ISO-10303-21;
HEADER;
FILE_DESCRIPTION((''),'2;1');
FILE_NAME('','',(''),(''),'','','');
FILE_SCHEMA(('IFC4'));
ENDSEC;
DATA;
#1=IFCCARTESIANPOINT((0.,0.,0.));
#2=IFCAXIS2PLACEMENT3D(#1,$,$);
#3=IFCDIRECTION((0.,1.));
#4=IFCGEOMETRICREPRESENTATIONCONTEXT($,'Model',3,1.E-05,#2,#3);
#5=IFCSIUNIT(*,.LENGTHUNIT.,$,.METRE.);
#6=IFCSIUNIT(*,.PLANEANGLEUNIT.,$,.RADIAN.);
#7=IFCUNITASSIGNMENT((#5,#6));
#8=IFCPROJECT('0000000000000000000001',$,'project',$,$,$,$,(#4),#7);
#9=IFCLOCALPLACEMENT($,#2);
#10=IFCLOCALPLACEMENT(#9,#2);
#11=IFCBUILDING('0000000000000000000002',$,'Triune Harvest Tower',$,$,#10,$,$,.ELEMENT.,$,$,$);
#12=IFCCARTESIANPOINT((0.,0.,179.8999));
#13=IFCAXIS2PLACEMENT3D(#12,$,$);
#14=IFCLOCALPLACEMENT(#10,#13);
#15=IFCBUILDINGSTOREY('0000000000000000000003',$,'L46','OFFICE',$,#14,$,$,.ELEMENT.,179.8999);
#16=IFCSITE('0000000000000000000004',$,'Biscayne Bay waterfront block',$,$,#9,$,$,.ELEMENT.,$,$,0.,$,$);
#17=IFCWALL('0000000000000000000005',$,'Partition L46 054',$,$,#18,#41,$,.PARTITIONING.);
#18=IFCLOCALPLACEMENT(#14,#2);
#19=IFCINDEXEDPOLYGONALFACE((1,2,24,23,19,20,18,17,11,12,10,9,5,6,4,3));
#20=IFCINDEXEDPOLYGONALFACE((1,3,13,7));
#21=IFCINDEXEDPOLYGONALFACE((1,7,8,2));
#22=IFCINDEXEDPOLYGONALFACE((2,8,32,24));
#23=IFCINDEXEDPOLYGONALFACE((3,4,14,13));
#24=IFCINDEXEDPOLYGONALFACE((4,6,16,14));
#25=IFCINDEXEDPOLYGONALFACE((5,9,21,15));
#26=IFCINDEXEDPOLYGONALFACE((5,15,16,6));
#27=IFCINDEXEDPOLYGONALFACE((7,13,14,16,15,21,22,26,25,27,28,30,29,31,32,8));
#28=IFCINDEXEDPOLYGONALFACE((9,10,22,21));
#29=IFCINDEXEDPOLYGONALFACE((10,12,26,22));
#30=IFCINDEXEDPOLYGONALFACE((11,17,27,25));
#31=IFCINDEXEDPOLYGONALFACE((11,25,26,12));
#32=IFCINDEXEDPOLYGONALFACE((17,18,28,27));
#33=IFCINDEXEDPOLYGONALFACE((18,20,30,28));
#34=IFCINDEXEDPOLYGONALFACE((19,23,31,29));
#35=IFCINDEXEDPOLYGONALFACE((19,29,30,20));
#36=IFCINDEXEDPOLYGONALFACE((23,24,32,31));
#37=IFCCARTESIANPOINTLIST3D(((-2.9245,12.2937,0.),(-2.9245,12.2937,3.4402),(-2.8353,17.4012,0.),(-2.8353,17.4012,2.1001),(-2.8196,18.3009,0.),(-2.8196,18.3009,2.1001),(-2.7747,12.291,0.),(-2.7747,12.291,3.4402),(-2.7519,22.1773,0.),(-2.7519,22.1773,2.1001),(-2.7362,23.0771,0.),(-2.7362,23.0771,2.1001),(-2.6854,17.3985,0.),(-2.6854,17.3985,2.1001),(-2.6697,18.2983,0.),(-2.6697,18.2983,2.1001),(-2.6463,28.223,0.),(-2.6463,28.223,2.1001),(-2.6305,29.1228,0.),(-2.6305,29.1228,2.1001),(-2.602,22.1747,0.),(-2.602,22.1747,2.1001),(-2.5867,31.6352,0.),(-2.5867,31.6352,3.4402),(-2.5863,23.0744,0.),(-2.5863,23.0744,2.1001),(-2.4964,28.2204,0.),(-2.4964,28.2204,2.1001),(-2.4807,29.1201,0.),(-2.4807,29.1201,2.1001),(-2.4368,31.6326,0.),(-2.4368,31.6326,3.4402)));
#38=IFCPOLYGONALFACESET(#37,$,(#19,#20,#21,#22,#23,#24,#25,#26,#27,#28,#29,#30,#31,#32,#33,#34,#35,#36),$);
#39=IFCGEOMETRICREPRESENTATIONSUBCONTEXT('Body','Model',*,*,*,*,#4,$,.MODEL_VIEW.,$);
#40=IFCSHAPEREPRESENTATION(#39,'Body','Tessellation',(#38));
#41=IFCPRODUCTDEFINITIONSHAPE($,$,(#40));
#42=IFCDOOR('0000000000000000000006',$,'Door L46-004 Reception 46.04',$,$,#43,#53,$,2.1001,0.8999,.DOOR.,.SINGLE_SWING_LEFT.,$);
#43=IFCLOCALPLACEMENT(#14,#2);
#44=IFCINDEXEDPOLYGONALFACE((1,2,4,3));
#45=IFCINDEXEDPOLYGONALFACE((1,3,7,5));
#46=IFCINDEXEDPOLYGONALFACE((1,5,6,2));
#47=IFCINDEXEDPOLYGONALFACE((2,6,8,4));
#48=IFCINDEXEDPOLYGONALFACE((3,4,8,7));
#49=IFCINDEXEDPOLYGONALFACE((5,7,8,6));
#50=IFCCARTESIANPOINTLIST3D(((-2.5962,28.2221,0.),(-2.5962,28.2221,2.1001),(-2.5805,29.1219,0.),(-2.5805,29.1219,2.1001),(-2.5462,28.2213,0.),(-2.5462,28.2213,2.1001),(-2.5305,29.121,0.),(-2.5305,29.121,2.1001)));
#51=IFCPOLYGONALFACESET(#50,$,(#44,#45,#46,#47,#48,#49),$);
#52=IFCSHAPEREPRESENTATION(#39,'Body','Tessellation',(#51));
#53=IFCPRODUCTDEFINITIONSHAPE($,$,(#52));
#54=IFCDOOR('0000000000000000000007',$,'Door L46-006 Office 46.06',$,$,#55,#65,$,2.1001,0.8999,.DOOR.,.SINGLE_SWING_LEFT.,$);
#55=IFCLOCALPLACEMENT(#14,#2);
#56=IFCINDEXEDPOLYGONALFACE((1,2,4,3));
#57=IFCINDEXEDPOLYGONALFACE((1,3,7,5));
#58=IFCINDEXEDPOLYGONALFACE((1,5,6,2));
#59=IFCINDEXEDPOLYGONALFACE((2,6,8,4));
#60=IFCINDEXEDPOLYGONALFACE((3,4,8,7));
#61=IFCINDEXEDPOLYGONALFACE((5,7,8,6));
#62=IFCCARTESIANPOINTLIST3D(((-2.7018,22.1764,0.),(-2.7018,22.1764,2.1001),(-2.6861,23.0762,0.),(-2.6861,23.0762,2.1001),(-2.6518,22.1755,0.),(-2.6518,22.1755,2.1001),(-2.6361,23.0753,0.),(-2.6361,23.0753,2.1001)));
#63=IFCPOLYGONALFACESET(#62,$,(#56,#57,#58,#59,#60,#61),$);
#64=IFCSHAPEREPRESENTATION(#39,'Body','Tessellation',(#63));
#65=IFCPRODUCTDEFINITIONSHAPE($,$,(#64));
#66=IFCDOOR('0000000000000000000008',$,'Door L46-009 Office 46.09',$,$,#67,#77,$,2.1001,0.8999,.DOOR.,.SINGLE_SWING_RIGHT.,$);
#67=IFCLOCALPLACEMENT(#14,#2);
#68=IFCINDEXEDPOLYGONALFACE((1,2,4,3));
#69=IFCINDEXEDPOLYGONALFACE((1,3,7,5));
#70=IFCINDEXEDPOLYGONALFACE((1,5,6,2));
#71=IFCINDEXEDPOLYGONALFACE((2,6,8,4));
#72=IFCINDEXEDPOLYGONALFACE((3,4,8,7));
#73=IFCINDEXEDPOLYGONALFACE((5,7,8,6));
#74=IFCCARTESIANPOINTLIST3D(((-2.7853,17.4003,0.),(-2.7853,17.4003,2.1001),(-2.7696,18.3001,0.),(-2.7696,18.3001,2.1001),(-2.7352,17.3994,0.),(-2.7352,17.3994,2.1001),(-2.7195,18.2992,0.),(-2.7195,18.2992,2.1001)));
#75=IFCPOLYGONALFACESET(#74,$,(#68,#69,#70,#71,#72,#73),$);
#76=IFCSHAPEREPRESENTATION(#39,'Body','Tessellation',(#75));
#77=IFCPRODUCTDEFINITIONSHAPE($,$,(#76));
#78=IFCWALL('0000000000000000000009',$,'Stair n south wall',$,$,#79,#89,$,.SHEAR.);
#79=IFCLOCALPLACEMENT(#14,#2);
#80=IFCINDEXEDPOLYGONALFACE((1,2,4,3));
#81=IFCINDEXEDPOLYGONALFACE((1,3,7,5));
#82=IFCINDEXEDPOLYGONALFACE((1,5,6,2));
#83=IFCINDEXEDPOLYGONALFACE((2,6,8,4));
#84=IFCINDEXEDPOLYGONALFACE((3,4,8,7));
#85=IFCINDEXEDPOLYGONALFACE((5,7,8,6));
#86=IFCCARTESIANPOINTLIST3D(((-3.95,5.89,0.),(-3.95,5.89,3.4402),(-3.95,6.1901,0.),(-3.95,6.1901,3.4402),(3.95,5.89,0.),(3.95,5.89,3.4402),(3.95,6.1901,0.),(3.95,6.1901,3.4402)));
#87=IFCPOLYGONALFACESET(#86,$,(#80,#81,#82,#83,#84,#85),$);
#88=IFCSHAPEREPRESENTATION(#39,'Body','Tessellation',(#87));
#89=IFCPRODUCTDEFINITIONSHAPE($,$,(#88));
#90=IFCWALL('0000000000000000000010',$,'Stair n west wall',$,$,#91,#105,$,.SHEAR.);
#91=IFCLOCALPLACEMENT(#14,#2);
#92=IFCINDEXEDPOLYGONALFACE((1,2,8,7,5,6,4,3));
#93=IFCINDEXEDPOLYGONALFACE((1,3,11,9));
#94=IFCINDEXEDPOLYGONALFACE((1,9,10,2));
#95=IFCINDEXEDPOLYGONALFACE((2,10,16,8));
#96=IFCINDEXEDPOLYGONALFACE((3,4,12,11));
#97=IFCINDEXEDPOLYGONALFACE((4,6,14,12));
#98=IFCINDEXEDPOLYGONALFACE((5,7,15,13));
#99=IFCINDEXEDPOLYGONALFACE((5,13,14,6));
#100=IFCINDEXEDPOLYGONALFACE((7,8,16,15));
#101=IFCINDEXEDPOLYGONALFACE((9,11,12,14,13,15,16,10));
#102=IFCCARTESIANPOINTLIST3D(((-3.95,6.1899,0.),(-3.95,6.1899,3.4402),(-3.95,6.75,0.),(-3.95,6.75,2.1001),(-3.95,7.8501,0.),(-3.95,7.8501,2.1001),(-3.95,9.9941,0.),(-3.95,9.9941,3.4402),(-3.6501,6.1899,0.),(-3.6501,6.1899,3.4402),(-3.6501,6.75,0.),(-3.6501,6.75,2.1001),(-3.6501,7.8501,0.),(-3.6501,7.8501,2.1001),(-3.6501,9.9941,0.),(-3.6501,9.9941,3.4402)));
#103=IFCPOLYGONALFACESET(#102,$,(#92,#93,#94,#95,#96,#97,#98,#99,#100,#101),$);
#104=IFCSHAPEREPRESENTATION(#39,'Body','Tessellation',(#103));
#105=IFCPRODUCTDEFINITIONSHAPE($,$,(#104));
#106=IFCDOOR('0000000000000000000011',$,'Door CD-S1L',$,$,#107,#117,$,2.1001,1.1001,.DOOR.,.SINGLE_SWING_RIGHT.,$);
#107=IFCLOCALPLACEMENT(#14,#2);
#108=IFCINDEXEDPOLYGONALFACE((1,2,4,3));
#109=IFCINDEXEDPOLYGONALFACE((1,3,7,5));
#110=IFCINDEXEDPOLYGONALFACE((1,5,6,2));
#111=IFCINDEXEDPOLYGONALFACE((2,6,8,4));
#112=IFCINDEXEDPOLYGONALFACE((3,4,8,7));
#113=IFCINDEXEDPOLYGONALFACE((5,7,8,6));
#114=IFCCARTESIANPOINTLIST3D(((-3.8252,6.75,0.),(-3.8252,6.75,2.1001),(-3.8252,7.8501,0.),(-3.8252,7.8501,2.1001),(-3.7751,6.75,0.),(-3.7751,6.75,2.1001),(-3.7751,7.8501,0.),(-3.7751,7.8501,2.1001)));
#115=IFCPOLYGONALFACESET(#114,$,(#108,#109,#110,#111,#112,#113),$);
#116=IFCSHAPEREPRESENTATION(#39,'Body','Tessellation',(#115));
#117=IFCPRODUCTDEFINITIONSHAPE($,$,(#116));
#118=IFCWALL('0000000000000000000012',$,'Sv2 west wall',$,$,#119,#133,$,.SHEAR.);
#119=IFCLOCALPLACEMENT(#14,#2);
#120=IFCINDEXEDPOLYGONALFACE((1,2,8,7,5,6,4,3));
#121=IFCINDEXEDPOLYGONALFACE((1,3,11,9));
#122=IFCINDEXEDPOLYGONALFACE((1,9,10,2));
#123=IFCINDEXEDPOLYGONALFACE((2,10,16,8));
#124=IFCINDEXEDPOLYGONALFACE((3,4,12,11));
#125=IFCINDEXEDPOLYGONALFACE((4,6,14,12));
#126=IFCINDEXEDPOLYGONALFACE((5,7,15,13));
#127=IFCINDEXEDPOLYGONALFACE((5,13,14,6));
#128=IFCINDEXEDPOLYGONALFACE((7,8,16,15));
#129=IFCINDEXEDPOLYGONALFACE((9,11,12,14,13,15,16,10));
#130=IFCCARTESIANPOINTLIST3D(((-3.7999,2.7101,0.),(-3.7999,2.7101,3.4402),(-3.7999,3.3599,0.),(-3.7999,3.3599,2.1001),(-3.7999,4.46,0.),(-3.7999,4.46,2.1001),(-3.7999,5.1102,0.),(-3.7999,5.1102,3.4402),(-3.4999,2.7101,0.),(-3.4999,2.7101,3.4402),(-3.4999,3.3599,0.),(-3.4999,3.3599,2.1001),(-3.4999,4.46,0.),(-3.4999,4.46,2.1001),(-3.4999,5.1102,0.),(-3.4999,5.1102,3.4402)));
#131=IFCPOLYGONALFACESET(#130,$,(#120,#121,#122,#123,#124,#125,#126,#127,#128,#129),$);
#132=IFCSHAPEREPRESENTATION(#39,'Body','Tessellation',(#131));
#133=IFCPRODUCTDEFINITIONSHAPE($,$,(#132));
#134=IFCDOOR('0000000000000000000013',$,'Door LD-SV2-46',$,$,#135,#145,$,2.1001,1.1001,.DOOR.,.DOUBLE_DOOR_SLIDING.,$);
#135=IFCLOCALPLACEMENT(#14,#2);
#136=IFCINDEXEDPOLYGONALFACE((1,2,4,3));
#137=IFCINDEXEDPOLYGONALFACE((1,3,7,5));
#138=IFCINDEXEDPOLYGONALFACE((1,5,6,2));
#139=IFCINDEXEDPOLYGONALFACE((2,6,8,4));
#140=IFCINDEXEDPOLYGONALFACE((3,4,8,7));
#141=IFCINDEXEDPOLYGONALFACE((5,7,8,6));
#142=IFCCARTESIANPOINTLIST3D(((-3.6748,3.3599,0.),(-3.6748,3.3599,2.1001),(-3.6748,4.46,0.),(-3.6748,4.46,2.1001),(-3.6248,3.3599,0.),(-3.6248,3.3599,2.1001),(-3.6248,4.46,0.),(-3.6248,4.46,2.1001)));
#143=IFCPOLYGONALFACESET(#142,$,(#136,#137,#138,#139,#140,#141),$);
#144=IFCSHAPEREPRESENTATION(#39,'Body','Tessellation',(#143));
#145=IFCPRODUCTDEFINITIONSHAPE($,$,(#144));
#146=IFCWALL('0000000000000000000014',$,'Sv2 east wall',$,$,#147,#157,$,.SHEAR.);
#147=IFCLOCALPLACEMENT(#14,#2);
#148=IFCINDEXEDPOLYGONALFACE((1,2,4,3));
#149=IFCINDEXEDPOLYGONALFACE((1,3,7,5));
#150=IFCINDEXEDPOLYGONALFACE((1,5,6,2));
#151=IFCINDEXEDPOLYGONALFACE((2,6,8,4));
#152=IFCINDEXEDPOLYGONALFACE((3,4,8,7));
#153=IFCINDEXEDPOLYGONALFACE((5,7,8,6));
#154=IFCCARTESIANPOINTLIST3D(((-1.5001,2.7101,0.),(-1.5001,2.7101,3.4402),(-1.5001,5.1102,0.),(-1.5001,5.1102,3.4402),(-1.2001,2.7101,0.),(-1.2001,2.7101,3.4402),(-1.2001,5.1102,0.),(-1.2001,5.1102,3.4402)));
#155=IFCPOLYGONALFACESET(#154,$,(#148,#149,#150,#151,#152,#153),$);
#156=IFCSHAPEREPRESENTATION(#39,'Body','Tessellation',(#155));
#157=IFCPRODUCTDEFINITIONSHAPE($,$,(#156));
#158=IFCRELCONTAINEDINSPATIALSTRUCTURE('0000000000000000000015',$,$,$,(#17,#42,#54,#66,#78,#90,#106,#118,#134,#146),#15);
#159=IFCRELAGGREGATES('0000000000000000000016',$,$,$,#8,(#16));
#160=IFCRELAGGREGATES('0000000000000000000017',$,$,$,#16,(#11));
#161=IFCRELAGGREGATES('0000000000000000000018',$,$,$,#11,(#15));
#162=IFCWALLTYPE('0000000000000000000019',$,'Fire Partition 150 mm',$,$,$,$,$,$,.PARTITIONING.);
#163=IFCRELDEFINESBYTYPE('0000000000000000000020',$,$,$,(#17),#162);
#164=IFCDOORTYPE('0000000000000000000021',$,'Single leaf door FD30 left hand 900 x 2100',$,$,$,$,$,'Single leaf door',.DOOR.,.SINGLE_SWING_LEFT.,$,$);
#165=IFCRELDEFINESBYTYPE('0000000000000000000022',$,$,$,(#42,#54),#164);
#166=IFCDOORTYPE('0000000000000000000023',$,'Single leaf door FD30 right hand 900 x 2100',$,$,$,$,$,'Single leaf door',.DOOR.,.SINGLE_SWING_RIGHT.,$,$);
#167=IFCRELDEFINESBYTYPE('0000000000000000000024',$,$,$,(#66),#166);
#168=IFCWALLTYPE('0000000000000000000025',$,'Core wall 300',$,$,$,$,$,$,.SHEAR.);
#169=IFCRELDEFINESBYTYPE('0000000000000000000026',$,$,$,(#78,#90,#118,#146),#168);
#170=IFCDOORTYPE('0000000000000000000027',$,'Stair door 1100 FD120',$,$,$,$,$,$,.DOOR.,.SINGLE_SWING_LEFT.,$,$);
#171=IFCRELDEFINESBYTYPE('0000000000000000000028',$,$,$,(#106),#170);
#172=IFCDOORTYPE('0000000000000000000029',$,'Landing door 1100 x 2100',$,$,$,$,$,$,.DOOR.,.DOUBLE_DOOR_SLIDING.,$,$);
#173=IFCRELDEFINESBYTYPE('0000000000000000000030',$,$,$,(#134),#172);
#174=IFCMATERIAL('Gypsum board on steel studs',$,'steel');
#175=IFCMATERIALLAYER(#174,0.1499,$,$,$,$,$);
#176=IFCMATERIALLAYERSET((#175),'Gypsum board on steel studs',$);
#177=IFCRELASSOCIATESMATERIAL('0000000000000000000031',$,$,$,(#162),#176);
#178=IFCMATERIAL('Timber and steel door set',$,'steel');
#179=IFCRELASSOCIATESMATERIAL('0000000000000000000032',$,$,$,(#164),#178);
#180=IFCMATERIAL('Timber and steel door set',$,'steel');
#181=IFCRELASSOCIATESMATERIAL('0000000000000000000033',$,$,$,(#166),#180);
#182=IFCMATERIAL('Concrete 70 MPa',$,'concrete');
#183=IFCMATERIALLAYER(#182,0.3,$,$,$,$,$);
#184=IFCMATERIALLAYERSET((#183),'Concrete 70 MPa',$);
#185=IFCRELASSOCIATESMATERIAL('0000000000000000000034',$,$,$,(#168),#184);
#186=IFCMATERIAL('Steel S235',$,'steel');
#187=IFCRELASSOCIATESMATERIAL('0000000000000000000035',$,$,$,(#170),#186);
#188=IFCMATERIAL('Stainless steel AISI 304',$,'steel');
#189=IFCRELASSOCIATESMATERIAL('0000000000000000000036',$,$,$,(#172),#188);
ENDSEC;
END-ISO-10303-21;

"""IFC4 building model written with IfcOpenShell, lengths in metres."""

from ifc_helpers import new_model, si_unit, direction, frame, frame_2d, origin, place, context, subcontext, project, spatial, polyline, rectangle, outline, extrude, source, transform, mapped, material, layer, layer_set, type_object, element, fill, save


model = new_model("IFC4")

# Units and contexts
model_context = context("Model", 3, precision=1e-05, world=origin(), true_north=direction((0.0, 1.0)))
body_context = subcontext(model_context, "Body", "Model", "MODEL_VIEW")
ifc_project = project(units=[si_unit("LENGTHUNIT", "METRE"), si_unit("PLANEANGLEUNIT", "RADIAN")], contexts=[model_context])

# Site, building, storey
site_placement = place(None, origin())
site = spatial("IfcSite", under=ifc_project, at=site_placement, Name="Biscayne Bay waterfront block", CompositionType="ELEMENT", RefElevation=0.0)
building_placement = place(site_placement, origin())
building = spatial("IfcBuilding", under=site, at=building_placement, Name="Triune Harvest Tower", CompositionType="ELEMENT")
storey_placement = place(building_placement, frame((0.0, 0.0, 179.8999)))
storey = spatial("IfcBuildingStorey", under=building, at=storey_placement, Name="L46", Description="OFFICE", CompositionType="ELEMENT", Elevation=179.8999)

# Shared definitions
ifc_material_1 = material(Name="Gypsum board on steel studs", Category="steel")
ifc_layer_1 = layer(ifc_material_1, 0.1499)
ifc_layer_set_1 = layer_set([ifc_layer_1], Name="Gypsum board on steel studs")
wall_type_1 = type_object("IfcWallType", Name="Fire Partition 150 mm", PredefinedType="PARTITIONING", material=ifc_layer_set_1)

# Wall, openings, doors
wall_1_placement = place(storey_placement, frame((-2.8496, 12.2922, 0.0), z_axis=(0.0, 0.0, 1.0), x_axis=(0.017467, 0.999847, 0.0)))
wall_1 = element("IfcWall", 1, at=wall_1_placement, inside=storey, type_object=wall_type_1, Name="Partition L46 054", PredefinedType="PARTITIONING", context=body_context, shape_type="SweptSolid", body=[
    extrude(rectangle(XDim=19.3445, YDim=0.1499, at=frame_2d((9.6724, 0.0))), origin(), (0.0, 0.0, 1.0), 3.4402),
])
opening_1_placement = place(wall_1_placement, frame((15.9319, 0.0, 0.0)))
opening_1 = element("IfcOpeningElement", 2, at=opening_1_placement, cuts=wall_1, PredefinedType="OPENING", context=body_context, shape_type="SweptSolid", body=[
    extrude(rectangle(XDim=0.8999, YDim=2.1001, at=frame_2d((0.45, 1.05))), frame((0.0, 0.085, 0.0), z_axis=(0.0, -1.0, 0.0), x_axis=(1.0, 0.0, 0.0)), (0.0, 0.0, 1.0), 0.1699),
])
opening_2_placement = place(wall_1_placement, frame((9.8853, 0.0, 0.0)))
opening_2 = element("IfcOpeningElement", 3, at=opening_2_placement, cuts=wall_1, PredefinedType="OPENING", context=body_context, shape_type="SweptSolid", body=[
    extrude(rectangle(XDim=0.8999, YDim=2.1001, at=frame_2d((0.45, 1.05))), frame((0.0, 0.085, 0.0), z_axis=(0.0, -1.0, 0.0), x_axis=(1.0, 0.0, 0.0)), (0.0, 0.0, 1.0), 0.1699),
])
opening_3_placement = place(wall_1_placement, frame((5.1084, 0.0, 0.0)))
opening_3 = element("IfcOpeningElement", 4, at=opening_3_placement, cuts=wall_1, PredefinedType="OPENING", context=body_context, shape_type="SweptSolid", body=[
    extrude(rectangle(XDim=0.8999, YDim=2.1001, at=frame_2d((0.45, 1.05))), frame((0.0, 0.085, 0.0), z_axis=(0.0, -1.0, 0.0), x_axis=(1.0, 0.0, 0.0)), (0.0, 0.0, 1.0), 0.1699),
])
ifc_material_2 = material(Name="Timber and steel door set", Category="steel")
door_type_1 = type_object("IfcDoorType", Name="Single leaf door FD30 left hand 900 x 2100", ElementType="Single leaf door", OperationType="SINGLE_SWING_LEFT", PredefinedType="DOOR", material=ifc_material_2)
door_1_placement = place(opening_1_placement, origin())
door_1 = element("IfcDoor", 5, at=door_1_placement, inside=storey, type_object=door_type_1, Name="Door L46-004 Reception 46.04", OperationType="SINGLE_SWING_LEFT", OverallHeight=2.1001, OverallWidth=0.8999, PredefinedType="DOOR", context=body_context, shape_type="SweptSolid", body=[
    extrude(rectangle(XDim=0.8999, YDim=2.1001, at=frame_2d((0.45, 1.05))), frame((0.0, 0.0249, 0.0), z_axis=(0.0, -1.0, 0.0), x_axis=(1.0, 0.0, 0.0)), (0.0, 0.0, 1.0), 0.05),
])
fill(opening_1, door_1)
door_2_placement = place(opening_2_placement, origin())
door_2 = element("IfcDoor", 6, at=door_2_placement, inside=storey, type_object=door_type_1, Name="Door L46-006 Office 46.06", OperationType="SINGLE_SWING_LEFT", OverallHeight=2.1001, OverallWidth=0.8999, PredefinedType="DOOR", context=body_context, shape_type="SweptSolid", body=[
    extrude(rectangle(XDim=0.8999, YDim=2.1001, at=frame_2d((0.45, 1.05))), frame((0.0, 0.0249, 0.0), z_axis=(0.0, -1.0, 0.0), x_axis=(1.0, 0.0, 0.0)), (0.0, 0.0, 1.0), 0.05),
])
fill(opening_2, door_2)
ifc_material_3 = material(Name="Timber and steel door set", Category="steel")
door_type_2 = type_object("IfcDoorType", Name="Single leaf door FD30 right hand 900 x 2100", ElementType="Single leaf door", OperationType="SINGLE_SWING_RIGHT", PredefinedType="DOOR", material=ifc_material_3)
door_3_placement = place(opening_3_placement, origin())
door_3 = element("IfcDoor", 7, at=door_3_placement, inside=storey, type_object=door_type_2, Name="Door L46-009 Office 46.09", OperationType="SINGLE_SWING_RIGHT", OverallHeight=2.1001, OverallWidth=0.8999, PredefinedType="DOOR", context=body_context, shape_type="SweptSolid", body=[
    extrude(rectangle(XDim=0.8999, YDim=2.1001, at=frame_2d((0.45, 1.05))), frame((0.0, 0.0249, 0.0), z_axis=(0.0, -1.0, 0.0), x_axis=(1.0, 0.0, 0.0)), (0.0, 0.0, 1.0), 0.05),
])
fill(opening_3, door_3)

# Wall
ifc_material_4 = material(Name="Concrete 70 MPa", Category="concrete")
ifc_layer_2 = layer(ifc_material_4, 0.3)
ifc_layer_set_2 = layer_set([ifc_layer_2], Name="Concrete 70 MPa")
wall_type_2 = type_object("IfcWallType", Name="Core wall 300", PredefinedType="SHEAR", material=ifc_layer_set_2)
shared_shape_1 = source(origin(), body_context, "Body", "SweptSolid", [
    extrude(rectangle(XDim=7.8999, YDim=0.3, at=frame_2d((3.95, 0.0))), origin(), (0.0, 0.0, 1.0), 3.4402),
])
wall_2_placement = place(storey_placement, frame((-3.95, 6.04, 0.0), z_axis=(0.0, 0.0, 1.0), x_axis=(1.0, 0.0, 0.0)))
element("IfcWall", 8, at=wall_2_placement, inside=storey, type_object=wall_type_2, Name="Stair n south wall", PredefinedType="SHEAR", context=body_context, shape_type="MappedRepresentation", body=[
    mapped(shared_shape_1, transform((0.0, 0.0, 0.0), scale=1.0)),
])

# Walls, openings, doors
shared_shape_2 = source(origin(), body_context, "Body", "SweptSolid", [
    extrude(outline(polyline([(0.0, -0.1499), (0.0, 0.1499), (3.8042, 0.1499), (3.8042, -0.1499), (0.0, -0.1499)])), origin(), (0.0, 0.0, 1.0), 3.4402),
])
wall_3_placement = place(storey_placement, frame((-3.8, 6.1899, 0.0), z_axis=(0.0, 0.0, 1.0), x_axis=(0.0, 1.0, 0.0)))
wall_3 = element("IfcWall", 9, at=wall_3_placement, inside=storey, type_object=wall_type_2, Name="Stair n west wall", PredefinedType="SHEAR", context=body_context, shape_type="MappedRepresentation", body=[
    mapped(shared_shape_2, transform((0.0, 0.0, 0.0), scale=1.0)),
])
opening_4_placement = place(wall_3_placement, frame((0.5601, 0.0, 0.0)))
opening_4 = element("IfcOpeningElement", 10, at=opening_4_placement, cuts=wall_3, PredefinedType="OPENING", context=body_context, shape_type="SweptSolid", body=[
    extrude(rectangle(XDim=1.1001, YDim=2.1001, at=frame_2d((0.55, 1.05))), frame((0.0, 0.1602, 0.0), z_axis=(0.0, -1.0, 0.0), x_axis=(1.0, 0.0, 0.0)), (0.0, 0.0, 1.0), 0.3201),
])
ifc_material_5 = material(Name="Steel S235", Category="steel")
door_type_3 = type_object("IfcDoorType", Name="Stair door 1100 FD120", OperationType="SINGLE_SWING_LEFT", PredefinedType="DOOR", material=ifc_material_5)
door_4_placement = place(opening_4_placement, frame((1.1001, 0.0, 0.0), z_axis=(0.0, 0.0, 1.0), x_axis=(-1.0, 0.0, 0.0)))
door_4 = element("IfcDoor", 11, at=door_4_placement, inside=storey, type_object=door_type_3, Name="Door CD-S1L", OperationType="SINGLE_SWING_RIGHT", OverallHeight=2.1001, OverallWidth=1.1001, PredefinedType="DOOR", context=body_context, shape_type="SweptSolid", body=[
    extrude(rectangle(XDim=1.1001, YDim=2.1001, at=frame_2d((0.55, 1.05))), frame((0.0, 0.0249, 0.0), z_axis=(0.0, -1.0, 0.0), x_axis=(1.0, 0.0, 0.0)), (0.0, 0.0, 1.0), 0.05),
])
fill(opening_4, door_4)
shared_shape_3 = source(origin(), body_context, "Body", "SweptSolid", [
    extrude(rectangle(XDim=2.4001, YDim=0.3, at=frame_2d((1.2002, 0.0))), origin(), (0.0, 0.0, 1.0), 3.4402),
])
wall_4_placement = place(storey_placement, frame((-3.6499, 2.71, 0.0), z_axis=(0.0, 0.0, 1.0), x_axis=(0.0, 1.0, 0.0)))
wall_4 = element("IfcWall", 12, at=wall_4_placement, inside=storey, type_object=wall_type_2, Name="Sv2 west wall", PredefinedType="SHEAR", context=body_context, shape_type="MappedRepresentation", body=[
    mapped(shared_shape_3, transform((0.0, 0.0, 0.0), scale=1.0)),
])
opening_5_placement = place(wall_4_placement, frame((0.6499, 0.0, 0.0)))
opening_5 = element("IfcOpeningElement", 13, at=opening_5_placement, cuts=wall_4, PredefinedType="OPENING", context=body_context, shape_type="SweptSolid", body=[
    extrude(rectangle(XDim=1.1001, YDim=2.1001, at=frame_2d((0.55, 1.05))), frame((0.0, 0.1602, 0.0), z_axis=(0.0, -1.0, 0.0), x_axis=(1.0, 0.0, 0.0)), (0.0, 0.0, 1.0), 0.3201),
])
ifc_material_6 = material(Name="Stainless steel AISI 304", Category="steel")
door_type_4 = type_object("IfcDoorType", Name="Landing door 1100 x 2100", OperationType="DOUBLE_DOOR_SLIDING", PredefinedType="DOOR", material=ifc_material_6)
door_5_placement = place(opening_5_placement, origin())
door_5 = element("IfcDoor", 14, at=door_5_placement, inside=storey, type_object=door_type_4, Name="Door LD-SV2-46", OperationType="DOUBLE_DOOR_SLIDING", OverallHeight=2.1001, OverallWidth=1.1001, PredefinedType="DOOR", context=body_context, shape_type="SweptSolid", body=[
    extrude(rectangle(XDim=1.1001, YDim=2.1001, at=frame_2d((0.55, 1.05))), frame((0.0, 0.0249, 0.0), z_axis=(0.0, -1.0, 0.0), x_axis=(1.0, 0.0, 0.0)), (0.0, 0.0, 1.0), 0.05),
])
fill(opening_5, door_5)

# Wall
wall_5_placement = place(storey_placement, frame((-1.3501, 2.71, 0.0), z_axis=(0.0, 0.0, 1.0), x_axis=(0.0, 1.0, 0.0)))
element("IfcWall", 15, at=wall_5_placement, inside=storey, type_object=wall_type_2, Name="Sv2 east wall", PredefinedType="SHEAR", context=body_context, shape_type="MappedRepresentation", body=[
    mapped(shared_shape_3, transform((0.0, 0.0, 0.0), scale=1.0)),
])

save(model, "model.ifc")
